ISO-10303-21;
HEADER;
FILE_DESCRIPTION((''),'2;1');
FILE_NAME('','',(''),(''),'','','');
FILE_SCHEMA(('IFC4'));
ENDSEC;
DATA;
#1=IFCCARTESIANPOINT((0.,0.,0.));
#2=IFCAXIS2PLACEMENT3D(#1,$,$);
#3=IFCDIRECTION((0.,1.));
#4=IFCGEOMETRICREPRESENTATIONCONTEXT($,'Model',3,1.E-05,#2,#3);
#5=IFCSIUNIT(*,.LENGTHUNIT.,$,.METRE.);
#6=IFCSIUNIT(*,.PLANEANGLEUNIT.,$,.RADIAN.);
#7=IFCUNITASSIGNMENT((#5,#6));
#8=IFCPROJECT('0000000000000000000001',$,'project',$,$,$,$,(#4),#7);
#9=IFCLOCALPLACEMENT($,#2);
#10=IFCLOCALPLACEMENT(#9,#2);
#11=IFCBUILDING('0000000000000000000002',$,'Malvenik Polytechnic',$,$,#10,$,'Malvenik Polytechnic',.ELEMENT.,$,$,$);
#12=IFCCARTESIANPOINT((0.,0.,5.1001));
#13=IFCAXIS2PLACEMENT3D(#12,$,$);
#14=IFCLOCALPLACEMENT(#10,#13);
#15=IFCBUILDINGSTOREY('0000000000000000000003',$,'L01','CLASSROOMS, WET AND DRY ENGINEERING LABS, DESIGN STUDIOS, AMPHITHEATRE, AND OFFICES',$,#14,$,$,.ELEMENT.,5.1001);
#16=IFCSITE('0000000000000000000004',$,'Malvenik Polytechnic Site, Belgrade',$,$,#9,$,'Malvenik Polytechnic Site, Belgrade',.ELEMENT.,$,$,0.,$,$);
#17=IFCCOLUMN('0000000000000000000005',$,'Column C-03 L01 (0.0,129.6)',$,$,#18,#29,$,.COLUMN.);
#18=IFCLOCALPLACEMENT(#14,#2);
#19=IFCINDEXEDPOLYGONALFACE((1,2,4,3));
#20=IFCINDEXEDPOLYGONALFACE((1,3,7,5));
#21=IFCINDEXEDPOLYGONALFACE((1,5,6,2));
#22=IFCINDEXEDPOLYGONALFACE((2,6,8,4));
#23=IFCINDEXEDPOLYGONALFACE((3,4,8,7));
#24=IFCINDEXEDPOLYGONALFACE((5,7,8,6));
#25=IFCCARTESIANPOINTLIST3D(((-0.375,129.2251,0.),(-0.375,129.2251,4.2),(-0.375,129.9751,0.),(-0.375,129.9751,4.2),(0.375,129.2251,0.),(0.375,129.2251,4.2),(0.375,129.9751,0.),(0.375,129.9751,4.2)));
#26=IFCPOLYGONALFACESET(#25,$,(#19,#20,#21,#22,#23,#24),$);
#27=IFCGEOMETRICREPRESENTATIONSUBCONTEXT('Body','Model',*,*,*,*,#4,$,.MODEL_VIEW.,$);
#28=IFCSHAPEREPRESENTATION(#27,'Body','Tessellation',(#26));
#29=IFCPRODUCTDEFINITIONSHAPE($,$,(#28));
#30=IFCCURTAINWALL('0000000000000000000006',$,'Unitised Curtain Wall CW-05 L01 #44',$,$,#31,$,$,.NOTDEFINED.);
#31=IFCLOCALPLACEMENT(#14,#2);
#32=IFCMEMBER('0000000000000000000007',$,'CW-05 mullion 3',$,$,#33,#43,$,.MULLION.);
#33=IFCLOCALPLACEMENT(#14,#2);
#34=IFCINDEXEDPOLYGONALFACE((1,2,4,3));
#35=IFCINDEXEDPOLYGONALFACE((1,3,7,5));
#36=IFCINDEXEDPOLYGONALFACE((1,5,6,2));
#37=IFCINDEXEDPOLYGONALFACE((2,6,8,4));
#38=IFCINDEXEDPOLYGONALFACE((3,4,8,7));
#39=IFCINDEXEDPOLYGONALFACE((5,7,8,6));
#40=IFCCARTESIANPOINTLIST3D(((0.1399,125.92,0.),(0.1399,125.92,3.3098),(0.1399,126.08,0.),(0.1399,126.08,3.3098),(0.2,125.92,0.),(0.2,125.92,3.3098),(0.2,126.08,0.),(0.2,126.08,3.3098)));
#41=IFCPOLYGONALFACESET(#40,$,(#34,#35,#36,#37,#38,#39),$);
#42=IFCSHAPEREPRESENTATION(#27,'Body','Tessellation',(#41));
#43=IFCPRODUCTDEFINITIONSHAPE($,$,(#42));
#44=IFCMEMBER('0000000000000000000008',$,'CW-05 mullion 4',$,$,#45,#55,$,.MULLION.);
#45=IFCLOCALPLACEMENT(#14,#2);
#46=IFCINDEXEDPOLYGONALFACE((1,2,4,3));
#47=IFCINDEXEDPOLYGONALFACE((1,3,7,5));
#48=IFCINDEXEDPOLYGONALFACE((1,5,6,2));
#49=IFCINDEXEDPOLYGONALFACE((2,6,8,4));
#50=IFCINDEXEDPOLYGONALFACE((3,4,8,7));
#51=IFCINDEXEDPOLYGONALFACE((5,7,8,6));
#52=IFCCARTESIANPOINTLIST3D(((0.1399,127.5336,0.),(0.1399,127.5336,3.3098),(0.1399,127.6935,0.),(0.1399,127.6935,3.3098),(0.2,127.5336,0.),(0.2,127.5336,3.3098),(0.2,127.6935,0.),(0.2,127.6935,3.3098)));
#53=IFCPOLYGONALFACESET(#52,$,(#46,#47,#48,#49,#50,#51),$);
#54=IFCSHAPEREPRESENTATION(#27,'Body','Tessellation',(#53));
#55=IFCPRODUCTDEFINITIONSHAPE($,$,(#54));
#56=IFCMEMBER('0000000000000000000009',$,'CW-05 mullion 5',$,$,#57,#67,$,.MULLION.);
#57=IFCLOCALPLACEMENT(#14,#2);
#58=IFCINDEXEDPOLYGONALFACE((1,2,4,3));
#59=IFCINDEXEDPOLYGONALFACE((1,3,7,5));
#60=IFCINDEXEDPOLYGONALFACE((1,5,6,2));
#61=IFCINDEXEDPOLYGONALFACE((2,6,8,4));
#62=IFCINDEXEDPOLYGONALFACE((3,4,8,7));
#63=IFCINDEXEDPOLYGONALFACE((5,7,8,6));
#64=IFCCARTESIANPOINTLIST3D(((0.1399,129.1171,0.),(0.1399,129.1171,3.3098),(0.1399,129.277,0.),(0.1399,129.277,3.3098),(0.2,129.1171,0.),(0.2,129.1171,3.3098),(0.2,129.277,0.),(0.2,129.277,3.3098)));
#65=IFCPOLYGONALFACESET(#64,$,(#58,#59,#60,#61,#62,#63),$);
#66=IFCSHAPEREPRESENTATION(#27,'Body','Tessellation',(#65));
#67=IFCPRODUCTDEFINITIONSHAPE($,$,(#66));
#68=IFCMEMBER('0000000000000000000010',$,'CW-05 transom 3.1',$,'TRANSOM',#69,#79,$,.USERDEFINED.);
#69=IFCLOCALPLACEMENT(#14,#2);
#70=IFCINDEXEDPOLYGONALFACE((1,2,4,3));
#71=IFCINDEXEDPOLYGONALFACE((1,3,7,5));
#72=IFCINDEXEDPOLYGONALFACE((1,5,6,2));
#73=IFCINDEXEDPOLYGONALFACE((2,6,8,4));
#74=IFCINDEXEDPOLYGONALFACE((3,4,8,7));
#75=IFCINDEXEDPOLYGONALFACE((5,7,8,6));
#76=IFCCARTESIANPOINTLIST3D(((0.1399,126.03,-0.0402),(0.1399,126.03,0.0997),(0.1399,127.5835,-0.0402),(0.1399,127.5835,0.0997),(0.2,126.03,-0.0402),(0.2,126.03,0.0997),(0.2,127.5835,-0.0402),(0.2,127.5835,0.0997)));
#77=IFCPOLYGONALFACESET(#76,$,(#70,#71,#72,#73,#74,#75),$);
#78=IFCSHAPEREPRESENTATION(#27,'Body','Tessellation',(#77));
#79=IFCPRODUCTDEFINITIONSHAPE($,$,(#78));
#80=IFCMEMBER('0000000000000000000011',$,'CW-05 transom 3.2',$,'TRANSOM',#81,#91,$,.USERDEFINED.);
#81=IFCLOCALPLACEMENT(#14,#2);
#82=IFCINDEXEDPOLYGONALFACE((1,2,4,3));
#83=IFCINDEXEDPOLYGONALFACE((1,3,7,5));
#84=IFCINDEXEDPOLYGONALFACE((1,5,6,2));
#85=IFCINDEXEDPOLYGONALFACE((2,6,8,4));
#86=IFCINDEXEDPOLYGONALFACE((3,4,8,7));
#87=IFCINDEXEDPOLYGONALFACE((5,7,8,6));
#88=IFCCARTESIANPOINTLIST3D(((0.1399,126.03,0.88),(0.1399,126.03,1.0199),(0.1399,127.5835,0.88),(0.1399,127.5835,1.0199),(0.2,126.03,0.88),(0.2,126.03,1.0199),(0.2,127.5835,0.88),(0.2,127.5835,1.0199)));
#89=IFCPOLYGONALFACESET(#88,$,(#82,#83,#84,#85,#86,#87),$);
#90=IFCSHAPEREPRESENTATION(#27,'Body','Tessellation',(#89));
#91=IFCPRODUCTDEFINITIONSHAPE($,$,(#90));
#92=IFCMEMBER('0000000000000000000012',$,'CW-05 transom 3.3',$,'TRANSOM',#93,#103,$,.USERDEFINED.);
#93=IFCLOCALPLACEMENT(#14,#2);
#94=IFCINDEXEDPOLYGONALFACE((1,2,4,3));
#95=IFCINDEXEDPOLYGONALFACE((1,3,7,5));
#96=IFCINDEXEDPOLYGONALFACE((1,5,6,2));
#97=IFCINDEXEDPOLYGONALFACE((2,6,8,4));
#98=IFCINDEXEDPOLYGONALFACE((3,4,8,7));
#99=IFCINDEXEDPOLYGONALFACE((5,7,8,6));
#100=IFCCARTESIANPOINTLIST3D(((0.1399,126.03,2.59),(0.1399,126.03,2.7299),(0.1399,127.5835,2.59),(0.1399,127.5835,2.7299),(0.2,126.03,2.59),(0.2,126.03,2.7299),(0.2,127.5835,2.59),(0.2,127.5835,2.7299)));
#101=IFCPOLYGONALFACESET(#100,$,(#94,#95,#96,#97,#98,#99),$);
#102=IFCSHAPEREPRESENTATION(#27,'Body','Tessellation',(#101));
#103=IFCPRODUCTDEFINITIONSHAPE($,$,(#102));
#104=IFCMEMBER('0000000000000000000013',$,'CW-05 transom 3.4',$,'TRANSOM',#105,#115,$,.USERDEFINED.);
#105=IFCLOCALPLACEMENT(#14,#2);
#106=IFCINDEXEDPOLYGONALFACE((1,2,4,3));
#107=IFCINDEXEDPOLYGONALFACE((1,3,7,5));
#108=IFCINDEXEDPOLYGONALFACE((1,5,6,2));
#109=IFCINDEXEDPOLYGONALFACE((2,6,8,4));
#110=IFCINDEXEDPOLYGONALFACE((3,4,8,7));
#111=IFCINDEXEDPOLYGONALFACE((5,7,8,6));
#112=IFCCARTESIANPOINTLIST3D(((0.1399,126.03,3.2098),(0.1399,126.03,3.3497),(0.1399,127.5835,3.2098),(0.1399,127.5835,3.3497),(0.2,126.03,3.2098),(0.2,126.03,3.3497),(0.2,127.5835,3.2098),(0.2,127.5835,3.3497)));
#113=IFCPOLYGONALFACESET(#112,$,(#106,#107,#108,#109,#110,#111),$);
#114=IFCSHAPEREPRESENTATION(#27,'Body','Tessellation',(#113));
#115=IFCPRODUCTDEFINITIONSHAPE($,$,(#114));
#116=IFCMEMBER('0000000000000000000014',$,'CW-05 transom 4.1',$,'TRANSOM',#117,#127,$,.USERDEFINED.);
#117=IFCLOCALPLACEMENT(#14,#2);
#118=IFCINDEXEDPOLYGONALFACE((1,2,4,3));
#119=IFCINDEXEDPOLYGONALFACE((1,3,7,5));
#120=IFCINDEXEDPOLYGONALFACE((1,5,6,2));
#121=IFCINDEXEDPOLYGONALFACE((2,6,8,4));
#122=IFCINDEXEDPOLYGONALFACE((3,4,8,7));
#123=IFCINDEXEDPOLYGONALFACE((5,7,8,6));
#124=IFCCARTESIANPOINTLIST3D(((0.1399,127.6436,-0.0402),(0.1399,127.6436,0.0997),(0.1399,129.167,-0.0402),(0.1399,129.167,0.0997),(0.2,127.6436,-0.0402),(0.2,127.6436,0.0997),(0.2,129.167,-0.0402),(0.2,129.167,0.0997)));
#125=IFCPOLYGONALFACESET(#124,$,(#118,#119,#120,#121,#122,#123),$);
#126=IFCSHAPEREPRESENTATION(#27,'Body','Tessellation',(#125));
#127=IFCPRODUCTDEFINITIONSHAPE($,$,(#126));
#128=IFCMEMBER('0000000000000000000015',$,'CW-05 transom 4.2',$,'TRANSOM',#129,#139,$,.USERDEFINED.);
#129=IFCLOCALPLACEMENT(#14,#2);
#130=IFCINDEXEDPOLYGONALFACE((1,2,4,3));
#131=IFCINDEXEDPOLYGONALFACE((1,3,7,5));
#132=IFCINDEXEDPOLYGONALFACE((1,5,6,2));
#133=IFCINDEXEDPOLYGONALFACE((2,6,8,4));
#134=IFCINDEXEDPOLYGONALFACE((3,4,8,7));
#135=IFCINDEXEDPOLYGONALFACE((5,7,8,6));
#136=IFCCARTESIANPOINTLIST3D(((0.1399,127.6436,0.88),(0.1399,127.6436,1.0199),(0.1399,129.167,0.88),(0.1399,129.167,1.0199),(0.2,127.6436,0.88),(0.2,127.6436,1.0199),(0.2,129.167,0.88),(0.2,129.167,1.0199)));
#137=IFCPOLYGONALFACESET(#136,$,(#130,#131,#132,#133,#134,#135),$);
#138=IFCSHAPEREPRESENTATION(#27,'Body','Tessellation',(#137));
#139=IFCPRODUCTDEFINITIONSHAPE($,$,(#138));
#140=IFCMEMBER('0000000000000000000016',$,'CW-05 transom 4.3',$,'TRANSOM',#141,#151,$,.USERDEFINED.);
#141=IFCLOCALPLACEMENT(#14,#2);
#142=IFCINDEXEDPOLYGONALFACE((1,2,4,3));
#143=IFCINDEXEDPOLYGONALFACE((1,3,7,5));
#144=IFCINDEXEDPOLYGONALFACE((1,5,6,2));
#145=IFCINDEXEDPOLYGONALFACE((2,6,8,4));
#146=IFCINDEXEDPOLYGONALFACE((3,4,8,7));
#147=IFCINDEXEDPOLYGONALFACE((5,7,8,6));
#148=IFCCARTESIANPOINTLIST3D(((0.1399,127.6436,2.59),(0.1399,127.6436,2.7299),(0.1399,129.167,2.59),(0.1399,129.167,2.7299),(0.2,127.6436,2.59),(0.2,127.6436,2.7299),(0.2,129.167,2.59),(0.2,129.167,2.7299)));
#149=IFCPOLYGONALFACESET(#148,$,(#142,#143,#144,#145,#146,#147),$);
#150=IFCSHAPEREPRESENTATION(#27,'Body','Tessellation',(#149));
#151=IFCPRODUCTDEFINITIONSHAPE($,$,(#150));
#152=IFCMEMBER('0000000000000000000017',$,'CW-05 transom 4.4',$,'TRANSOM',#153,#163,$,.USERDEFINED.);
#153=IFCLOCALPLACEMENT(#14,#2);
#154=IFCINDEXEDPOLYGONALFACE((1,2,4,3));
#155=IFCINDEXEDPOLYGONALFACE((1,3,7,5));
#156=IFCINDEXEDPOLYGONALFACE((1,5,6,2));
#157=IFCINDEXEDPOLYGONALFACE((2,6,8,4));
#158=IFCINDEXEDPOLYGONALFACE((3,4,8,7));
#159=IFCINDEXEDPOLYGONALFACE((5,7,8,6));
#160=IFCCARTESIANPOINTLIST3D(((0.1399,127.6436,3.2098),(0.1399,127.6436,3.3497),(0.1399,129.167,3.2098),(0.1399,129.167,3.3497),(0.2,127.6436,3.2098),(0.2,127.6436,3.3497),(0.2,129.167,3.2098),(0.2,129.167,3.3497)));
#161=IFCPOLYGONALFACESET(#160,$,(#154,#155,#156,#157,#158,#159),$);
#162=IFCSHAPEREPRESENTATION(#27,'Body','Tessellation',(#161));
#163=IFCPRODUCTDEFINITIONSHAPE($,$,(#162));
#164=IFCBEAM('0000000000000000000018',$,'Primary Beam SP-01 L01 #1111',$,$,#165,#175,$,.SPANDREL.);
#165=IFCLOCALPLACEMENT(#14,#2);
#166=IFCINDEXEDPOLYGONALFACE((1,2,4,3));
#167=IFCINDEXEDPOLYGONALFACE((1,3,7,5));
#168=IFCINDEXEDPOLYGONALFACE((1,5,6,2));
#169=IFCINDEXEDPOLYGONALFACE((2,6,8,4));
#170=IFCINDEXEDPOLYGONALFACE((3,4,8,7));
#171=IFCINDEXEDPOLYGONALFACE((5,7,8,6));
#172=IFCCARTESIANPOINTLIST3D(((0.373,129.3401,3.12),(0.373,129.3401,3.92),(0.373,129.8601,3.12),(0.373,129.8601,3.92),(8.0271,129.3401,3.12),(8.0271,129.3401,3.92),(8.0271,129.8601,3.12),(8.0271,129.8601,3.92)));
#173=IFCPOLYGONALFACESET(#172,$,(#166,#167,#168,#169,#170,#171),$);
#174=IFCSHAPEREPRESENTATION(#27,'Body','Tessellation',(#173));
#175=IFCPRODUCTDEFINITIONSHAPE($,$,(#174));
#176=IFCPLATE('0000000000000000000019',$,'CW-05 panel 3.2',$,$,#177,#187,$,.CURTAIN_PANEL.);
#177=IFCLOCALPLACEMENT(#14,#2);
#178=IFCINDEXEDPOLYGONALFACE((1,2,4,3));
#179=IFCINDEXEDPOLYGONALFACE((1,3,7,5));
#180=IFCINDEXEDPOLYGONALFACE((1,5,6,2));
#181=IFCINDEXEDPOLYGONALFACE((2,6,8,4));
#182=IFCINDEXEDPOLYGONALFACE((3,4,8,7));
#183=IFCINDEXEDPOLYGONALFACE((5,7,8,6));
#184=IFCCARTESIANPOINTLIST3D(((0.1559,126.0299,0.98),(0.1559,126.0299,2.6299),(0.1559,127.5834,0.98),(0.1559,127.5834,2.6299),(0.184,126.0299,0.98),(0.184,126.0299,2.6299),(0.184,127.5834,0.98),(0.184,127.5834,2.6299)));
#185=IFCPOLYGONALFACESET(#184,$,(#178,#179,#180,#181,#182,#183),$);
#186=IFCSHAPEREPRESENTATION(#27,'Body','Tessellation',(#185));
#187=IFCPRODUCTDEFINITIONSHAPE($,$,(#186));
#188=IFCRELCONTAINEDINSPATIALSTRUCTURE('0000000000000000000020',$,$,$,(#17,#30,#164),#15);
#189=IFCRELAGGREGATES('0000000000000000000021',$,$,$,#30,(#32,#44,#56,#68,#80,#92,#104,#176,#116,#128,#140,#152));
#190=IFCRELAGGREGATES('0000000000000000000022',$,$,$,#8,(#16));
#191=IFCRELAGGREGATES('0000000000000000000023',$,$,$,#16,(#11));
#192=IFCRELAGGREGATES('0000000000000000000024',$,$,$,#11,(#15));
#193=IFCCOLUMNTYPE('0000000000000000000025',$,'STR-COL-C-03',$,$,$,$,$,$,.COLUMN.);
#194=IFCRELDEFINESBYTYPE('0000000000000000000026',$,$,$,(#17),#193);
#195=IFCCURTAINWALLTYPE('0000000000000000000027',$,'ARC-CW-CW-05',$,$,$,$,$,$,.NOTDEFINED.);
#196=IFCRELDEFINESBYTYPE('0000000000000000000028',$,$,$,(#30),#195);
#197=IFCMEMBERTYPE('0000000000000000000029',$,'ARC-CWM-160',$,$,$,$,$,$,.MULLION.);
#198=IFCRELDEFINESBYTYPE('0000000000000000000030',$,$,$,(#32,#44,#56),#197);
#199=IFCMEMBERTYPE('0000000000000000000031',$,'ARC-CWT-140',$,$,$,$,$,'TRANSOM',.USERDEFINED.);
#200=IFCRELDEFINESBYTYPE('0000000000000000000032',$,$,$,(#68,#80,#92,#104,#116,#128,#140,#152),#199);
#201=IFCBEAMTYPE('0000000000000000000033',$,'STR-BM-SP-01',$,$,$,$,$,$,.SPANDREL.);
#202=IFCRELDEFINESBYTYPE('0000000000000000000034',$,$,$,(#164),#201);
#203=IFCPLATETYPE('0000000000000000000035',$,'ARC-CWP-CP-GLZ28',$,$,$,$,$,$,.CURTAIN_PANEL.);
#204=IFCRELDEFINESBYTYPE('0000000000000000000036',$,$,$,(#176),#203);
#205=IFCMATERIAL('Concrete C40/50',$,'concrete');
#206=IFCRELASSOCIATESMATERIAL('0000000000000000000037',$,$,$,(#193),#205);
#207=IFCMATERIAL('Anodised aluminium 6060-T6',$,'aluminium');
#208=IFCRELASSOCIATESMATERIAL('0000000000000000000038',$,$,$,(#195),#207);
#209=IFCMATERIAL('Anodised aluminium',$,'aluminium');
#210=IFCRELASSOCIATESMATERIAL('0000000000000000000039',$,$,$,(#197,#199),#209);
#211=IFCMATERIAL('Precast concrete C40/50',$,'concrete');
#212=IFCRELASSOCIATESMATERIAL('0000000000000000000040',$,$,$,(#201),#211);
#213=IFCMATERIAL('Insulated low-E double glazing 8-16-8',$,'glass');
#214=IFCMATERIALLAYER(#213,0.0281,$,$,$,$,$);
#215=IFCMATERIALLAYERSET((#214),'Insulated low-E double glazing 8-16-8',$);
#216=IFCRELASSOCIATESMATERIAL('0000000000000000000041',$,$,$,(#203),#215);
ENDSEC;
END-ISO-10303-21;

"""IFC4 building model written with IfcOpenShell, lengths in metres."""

from ifc_helpers import new_model, si_unit, direction, frame, origin, origin_2d, place, context, subcontext, project, spatial, rectangle, extrude, material, layer, layer_set, material_profile, profile_set, type_object, element, aggregate, save


model = new_model("IFC4")

# Units and contexts
model_context = context("Model", 3, precision=1e-05, world=origin(), true_north=direction((0.0, 1.0)))
body_context = subcontext(model_context, "Body", "Model", "MODEL_VIEW")
ifc_project = project(units=[si_unit("LENGTHUNIT", "METRE"), si_unit("PLANEANGLEUNIT", "RADIAN")], contexts=[model_context])

# Site, building, storey
site_placement = place(None, origin())
site = spatial("IfcSite", under=ifc_project, at=site_placement, Name="Malvenik Polytechnic Site, Belgrade", LongName="Malvenik Polytechnic Site, Belgrade", CompositionType="ELEMENT", RefElevation=0.0)
building_placement = place(site_placement, origin())
building = spatial("IfcBuilding", under=site, at=building_placement, Name="Malvenik Polytechnic", LongName="Malvenik Polytechnic", CompositionType="ELEMENT")
storey_placement = place(building_placement, frame((0.0, 0.0, 5.1001)))
storey = spatial("IfcBuildingStorey", under=building, at=storey_placement, Name="L01", Description="CLASSROOMS, WET AND DRY ENGINEERING LABS, DESIGN STUDIOS, AMPHITHEATRE, AND OFFICES", CompositionType="ELEMENT", Elevation=5.1001)

# Column
ifc_material_1 = material(Name="Concrete C40/50", Category="concrete")
ifc_material_profile_1 = material_profile(ifc_material_1, rectangle(XDim=0.75, YDim=0.75, at=origin_2d()), Name="RC COL 750x750")
ifc_profile_set_1 = profile_set([ifc_material_profile_1], Name="Concrete C40/50")
column_type = type_object("IfcColumnType", Name="STR-COL-C-03", PredefinedType="COLUMN", material=ifc_profile_set_1)
column_placement = place(storey_placement, frame((0.0, 129.6001, 0.0), z_axis=(0.0, 0.0, 1.0), x_axis=(1.0, 0.0, 0.0)))
element("IfcColumn", 1, at=column_placement, inside=storey, type_object=column_type, Name="Column C-03 L01 (0.0,129.6)", PredefinedType="COLUMN", context=body_context, shape_type="SweptSolid", body=[
    extrude(rectangle(XDim=0.75, YDim=0.75, at=origin_2d()), origin(), (0.0, 0.0, 1.0), 4.2),
])

# Curtain wall, members
ifc_material_2 = material(Name="Anodised aluminium 6060-T6", Category="aluminium")
curtain_wall_type = type_object("IfcCurtainWallType", Name="ARC-CW-CW-05", PredefinedType="NOTDEFINED", material=ifc_material_2)
curtain_wall_placement = place(storey_placement, origin())
curtain_wall = element("IfcCurtainWall", 2, at=curtain_wall_placement, inside=storey, type_object=curtain_wall_type, Name="Unitised Curtain Wall CW-05 L01 #44", PredefinedType="NOTDEFINED")
ifc_material_3 = material(Name="Anodised aluminium", Category="aluminium")
ifc_material_profile_2 = material_profile(ifc_material_3, rectangle(XDim=0.0601, YDim=0.1599, at=origin_2d()), Name="ALU MULLION 60x160")
ifc_profile_set_2 = profile_set([ifc_material_profile_2], Name="Anodised aluminium")
member_type_1 = type_object("IfcMemberType", Name="ARC-CWM-160", PredefinedType="MULLION", material=ifc_profile_set_2)
member_1_placement = place(storey_placement, frame((0.1699, 126.0, 0.0), z_axis=(0.0, 0.0, 1.0), x_axis=(-1.0, 0.0, 0.0)))
member_1 = element("IfcMember", 3, at=member_1_placement, type_object=member_type_1, Name="CW-05 mullion 3", PredefinedType="MULLION", context=body_context, shape_type="SweptSolid", body=[
    extrude(rectangle(XDim=0.0601, YDim=0.1599, at=origin_2d()), origin(), (0.0, 0.0, 1.0), 3.3098),
])
member_2_placement = place(storey_placement, frame((0.1699, 127.6135, 0.0), z_axis=(0.0, 0.0, 1.0), x_axis=(-1.0, 0.0, 0.0)))
member_2 = element("IfcMember", 4, at=member_2_placement, type_object=member_type_1, Name="CW-05 mullion 4", PredefinedType="MULLION", context=body_context, shape_type="SweptSolid", body=[
    extrude(rectangle(XDim=0.0601, YDim=0.1599, at=origin_2d()), origin(), (0.0, 0.0, 1.0), 3.3098),
])
member_3_placement = place(storey_placement, frame((0.1699, 129.197, 0.0), z_axis=(0.0, 0.0, 1.0), x_axis=(-1.0, 0.0, 0.0)))
member_3 = element("IfcMember", 5, at=member_3_placement, type_object=member_type_1, Name="CW-05 mullion 5", PredefinedType="MULLION", context=body_context, shape_type="SweptSolid", body=[
    extrude(rectangle(XDim=0.0601, YDim=0.1599, at=origin_2d()), origin(), (0.0, 0.0, 1.0), 3.3098),
])
ifc_material_profile_3 = material_profile(ifc_material_3, rectangle(XDim=0.0601, YDim=0.1399, at=origin_2d()), Name="ALU TRANSOM 60x140")
ifc_profile_set_3 = profile_set([ifc_material_profile_3], Name="Anodised aluminium")
member_type_2 = type_object("IfcMemberType", Name="ARC-CWT-140", ElementType="TRANSOM", PredefinedType="USERDEFINED", material=ifc_profile_set_3)
member_4_placement = place(storey_placement, frame((0.1699, 126.03, 0.0298), z_axis=(0.0, 1.0, 0.0), x_axis=(-1.0, 0.0, 0.0)))
member_4 = element("IfcMember", 6, at=member_4_placement, type_object=member_type_2, Name="CW-05 transom 3.1", ObjectType="TRANSOM", PredefinedType="USERDEFINED", context=body_context, shape_type="SweptSolid", body=[
    extrude(rectangle(XDim=0.0601, YDim=0.1399, at=origin_2d()), origin(), (0.0, 0.0, 1.0), 1.5535),
])
member_5_placement = place(storey_placement, frame((0.1699, 126.03, 0.95), z_axis=(0.0, 1.0, 0.0), x_axis=(-1.0, 0.0, 0.0)))
member_5 = element("IfcMember", 7, at=member_5_placement, type_object=member_type_2, Name="CW-05 transom 3.2", ObjectType="TRANSOM", PredefinedType="USERDEFINED", context=body_context, shape_type="SweptSolid", body=[
    extrude(rectangle(XDim=0.0601, YDim=0.1399, at=origin_2d()), origin(), (0.0, 0.0, 1.0), 1.5535),
])
member_6_placement = place(storey_placement, frame((0.1699, 126.03, 2.6599), z_axis=(0.0, 1.0, 0.0), x_axis=(-1.0, 0.0, 0.0)))
member_6 = element("IfcMember", 8, at=member_6_placement, type_object=member_type_2, Name="CW-05 transom 3.3", ObjectType="TRANSOM", PredefinedType="USERDEFINED", context=body_context, shape_type="SweptSolid", body=[
    extrude(rectangle(XDim=0.0601, YDim=0.1399, at=origin_2d()), origin(), (0.0, 0.0, 1.0), 1.5535),
])
member_7_placement = place(storey_placement, frame((0.1699, 126.03, 3.2798), z_axis=(0.0, 1.0, 0.0), x_axis=(-1.0, 0.0, 0.0)))
member_7 = element("IfcMember", 9, at=member_7_placement, type_object=member_type_2, Name="CW-05 transom 3.4", ObjectType="TRANSOM", PredefinedType="USERDEFINED", context=body_context, shape_type="SweptSolid", body=[
    extrude(rectangle(XDim=0.0601, YDim=0.1399, at=origin_2d()), origin(), (0.0, 0.0, 1.0), 1.5535),
])
member_8_placement = place(storey_placement, frame((0.1699, 127.6436, 0.0298), z_axis=(0.0, 1.0, 0.0), x_axis=(-1.0, 0.0, 0.0)))
member_8 = element("IfcMember", 10, at=member_8_placement, type_object=member_type_2, Name="CW-05 transom 4.1", ObjectType="TRANSOM", PredefinedType="USERDEFINED", context=body_context, shape_type="SweptSolid", body=[
    extrude(rectangle(XDim=0.0601, YDim=0.1399, at=origin_2d()), origin(), (0.0, 0.0, 1.0), 1.5234),
])
member_9_placement = place(storey_placement, frame((0.1699, 127.6436, 0.95), z_axis=(0.0, 1.0, 0.0), x_axis=(-1.0, 0.0, 0.0)))
member_9 = element("IfcMember", 11, at=member_9_placement, type_object=member_type_2, Name="CW-05 transom 4.2", ObjectType="TRANSOM", PredefinedType="USERDEFINED", context=body_context, shape_type="SweptSolid", body=[
    extrude(rectangle(XDim=0.0601, YDim=0.1399, at=origin_2d()), origin(), (0.0, 0.0, 1.0), 1.5234),
])
member_10_placement = place(storey_placement, frame((0.1699, 127.6436, 2.6599), z_axis=(0.0, 1.0, 0.0), x_axis=(-1.0, 0.0, 0.0)))
member_10 = element("IfcMember", 12, at=member_10_placement, type_object=member_type_2, Name="CW-05 transom 4.3", ObjectType="TRANSOM", PredefinedType="USERDEFINED", context=body_context, shape_type="SweptSolid", body=[
    extrude(rectangle(XDim=0.0601, YDim=0.1399, at=origin_2d()), origin(), (0.0, 0.0, 1.0), 1.5234),
])
member_11_placement = place(storey_placement, frame((0.1699, 127.6436, 3.2798), z_axis=(0.0, 1.0, 0.0), x_axis=(-1.0, 0.0, 0.0)))
member_11 = element("IfcMember", 13, at=member_11_placement, type_object=member_type_2, Name="CW-05 transom 4.4", ObjectType="TRANSOM", PredefinedType="USERDEFINED", context=body_context, shape_type="SweptSolid", body=[
    extrude(rectangle(XDim=0.0601, YDim=0.1399, at=origin_2d()), origin(), (0.0, 0.0, 1.0), 1.5234),
])

# Beam
ifc_material_4 = material(Name="Precast concrete C40/50", Category="concrete")
ifc_material_profile_4 = material_profile(ifc_material_4, rectangle(XDim=0.52, YDim=0.8, at=origin_2d()), Name="PC SPN 520x800")
ifc_profile_set_4 = profile_set([ifc_material_profile_4], Name="Precast concrete C40/50")
beam_type = type_object("IfcBeamType", Name="STR-BM-SP-01", PredefinedType="SPANDREL", material=ifc_profile_set_4)
beam_placement = place(storey_placement, frame((0.373, 129.6001, 3.52), z_axis=(1.0, 0.0, 0.0), x_axis=(0.0, 1.0, 0.0)))
element("IfcBeam", 14, at=beam_placement, inside=storey, type_object=beam_type, Name="Primary Beam SP-01 L01 #1111", PredefinedType="SPANDREL", context=body_context, shape_type="SweptSolid", body=[
    extrude(rectangle(XDim=0.52, YDim=0.8, at=origin_2d()), origin(), (0.0, 0.0, 1.0), 7.6541),
])

# Plate
ifc_material_5 = material(Name="Insulated low-E double glazing 8-16-8", Category="glass")
ifc_layer_1 = layer(ifc_material_5, 0.0281)
ifc_layer_set_1 = layer_set([ifc_layer_1], Name="Insulated low-E double glazing 8-16-8")
plate_type_1 = type_object("IfcPlateType", Name="ARC-CWP-CP-GLZ28", PredefinedType="CURTAIN_PANEL", material=ifc_layer_set_1)
plate_1_placement = place(storey_placement, frame((0.1699, 126.8066, 0.98), z_axis=(0.0, 0.0, 1.0), x_axis=(0.0, 1.0, 0.0)))
plate_1 = element("IfcPlate", 15, at=plate_1_placement, type_object=plate_type_1, Name="CW-05 panel 3.2", PredefinedType="CURTAIN_PANEL", context=body_context, shape_type="SweptSolid", body=[
    extrude(rectangle(XDim=1.5535, YDim=0.0281, at=origin_2d()), origin(), (0.0, 0.0, 1.0), 1.6499),
])
aggregate(curtain_wall, [member_1, member_2, member_3, member_4, member_5, member_6, member_7, plate_1, member_8, member_9, member_10, member_11])

save(model, "model.ifc")
